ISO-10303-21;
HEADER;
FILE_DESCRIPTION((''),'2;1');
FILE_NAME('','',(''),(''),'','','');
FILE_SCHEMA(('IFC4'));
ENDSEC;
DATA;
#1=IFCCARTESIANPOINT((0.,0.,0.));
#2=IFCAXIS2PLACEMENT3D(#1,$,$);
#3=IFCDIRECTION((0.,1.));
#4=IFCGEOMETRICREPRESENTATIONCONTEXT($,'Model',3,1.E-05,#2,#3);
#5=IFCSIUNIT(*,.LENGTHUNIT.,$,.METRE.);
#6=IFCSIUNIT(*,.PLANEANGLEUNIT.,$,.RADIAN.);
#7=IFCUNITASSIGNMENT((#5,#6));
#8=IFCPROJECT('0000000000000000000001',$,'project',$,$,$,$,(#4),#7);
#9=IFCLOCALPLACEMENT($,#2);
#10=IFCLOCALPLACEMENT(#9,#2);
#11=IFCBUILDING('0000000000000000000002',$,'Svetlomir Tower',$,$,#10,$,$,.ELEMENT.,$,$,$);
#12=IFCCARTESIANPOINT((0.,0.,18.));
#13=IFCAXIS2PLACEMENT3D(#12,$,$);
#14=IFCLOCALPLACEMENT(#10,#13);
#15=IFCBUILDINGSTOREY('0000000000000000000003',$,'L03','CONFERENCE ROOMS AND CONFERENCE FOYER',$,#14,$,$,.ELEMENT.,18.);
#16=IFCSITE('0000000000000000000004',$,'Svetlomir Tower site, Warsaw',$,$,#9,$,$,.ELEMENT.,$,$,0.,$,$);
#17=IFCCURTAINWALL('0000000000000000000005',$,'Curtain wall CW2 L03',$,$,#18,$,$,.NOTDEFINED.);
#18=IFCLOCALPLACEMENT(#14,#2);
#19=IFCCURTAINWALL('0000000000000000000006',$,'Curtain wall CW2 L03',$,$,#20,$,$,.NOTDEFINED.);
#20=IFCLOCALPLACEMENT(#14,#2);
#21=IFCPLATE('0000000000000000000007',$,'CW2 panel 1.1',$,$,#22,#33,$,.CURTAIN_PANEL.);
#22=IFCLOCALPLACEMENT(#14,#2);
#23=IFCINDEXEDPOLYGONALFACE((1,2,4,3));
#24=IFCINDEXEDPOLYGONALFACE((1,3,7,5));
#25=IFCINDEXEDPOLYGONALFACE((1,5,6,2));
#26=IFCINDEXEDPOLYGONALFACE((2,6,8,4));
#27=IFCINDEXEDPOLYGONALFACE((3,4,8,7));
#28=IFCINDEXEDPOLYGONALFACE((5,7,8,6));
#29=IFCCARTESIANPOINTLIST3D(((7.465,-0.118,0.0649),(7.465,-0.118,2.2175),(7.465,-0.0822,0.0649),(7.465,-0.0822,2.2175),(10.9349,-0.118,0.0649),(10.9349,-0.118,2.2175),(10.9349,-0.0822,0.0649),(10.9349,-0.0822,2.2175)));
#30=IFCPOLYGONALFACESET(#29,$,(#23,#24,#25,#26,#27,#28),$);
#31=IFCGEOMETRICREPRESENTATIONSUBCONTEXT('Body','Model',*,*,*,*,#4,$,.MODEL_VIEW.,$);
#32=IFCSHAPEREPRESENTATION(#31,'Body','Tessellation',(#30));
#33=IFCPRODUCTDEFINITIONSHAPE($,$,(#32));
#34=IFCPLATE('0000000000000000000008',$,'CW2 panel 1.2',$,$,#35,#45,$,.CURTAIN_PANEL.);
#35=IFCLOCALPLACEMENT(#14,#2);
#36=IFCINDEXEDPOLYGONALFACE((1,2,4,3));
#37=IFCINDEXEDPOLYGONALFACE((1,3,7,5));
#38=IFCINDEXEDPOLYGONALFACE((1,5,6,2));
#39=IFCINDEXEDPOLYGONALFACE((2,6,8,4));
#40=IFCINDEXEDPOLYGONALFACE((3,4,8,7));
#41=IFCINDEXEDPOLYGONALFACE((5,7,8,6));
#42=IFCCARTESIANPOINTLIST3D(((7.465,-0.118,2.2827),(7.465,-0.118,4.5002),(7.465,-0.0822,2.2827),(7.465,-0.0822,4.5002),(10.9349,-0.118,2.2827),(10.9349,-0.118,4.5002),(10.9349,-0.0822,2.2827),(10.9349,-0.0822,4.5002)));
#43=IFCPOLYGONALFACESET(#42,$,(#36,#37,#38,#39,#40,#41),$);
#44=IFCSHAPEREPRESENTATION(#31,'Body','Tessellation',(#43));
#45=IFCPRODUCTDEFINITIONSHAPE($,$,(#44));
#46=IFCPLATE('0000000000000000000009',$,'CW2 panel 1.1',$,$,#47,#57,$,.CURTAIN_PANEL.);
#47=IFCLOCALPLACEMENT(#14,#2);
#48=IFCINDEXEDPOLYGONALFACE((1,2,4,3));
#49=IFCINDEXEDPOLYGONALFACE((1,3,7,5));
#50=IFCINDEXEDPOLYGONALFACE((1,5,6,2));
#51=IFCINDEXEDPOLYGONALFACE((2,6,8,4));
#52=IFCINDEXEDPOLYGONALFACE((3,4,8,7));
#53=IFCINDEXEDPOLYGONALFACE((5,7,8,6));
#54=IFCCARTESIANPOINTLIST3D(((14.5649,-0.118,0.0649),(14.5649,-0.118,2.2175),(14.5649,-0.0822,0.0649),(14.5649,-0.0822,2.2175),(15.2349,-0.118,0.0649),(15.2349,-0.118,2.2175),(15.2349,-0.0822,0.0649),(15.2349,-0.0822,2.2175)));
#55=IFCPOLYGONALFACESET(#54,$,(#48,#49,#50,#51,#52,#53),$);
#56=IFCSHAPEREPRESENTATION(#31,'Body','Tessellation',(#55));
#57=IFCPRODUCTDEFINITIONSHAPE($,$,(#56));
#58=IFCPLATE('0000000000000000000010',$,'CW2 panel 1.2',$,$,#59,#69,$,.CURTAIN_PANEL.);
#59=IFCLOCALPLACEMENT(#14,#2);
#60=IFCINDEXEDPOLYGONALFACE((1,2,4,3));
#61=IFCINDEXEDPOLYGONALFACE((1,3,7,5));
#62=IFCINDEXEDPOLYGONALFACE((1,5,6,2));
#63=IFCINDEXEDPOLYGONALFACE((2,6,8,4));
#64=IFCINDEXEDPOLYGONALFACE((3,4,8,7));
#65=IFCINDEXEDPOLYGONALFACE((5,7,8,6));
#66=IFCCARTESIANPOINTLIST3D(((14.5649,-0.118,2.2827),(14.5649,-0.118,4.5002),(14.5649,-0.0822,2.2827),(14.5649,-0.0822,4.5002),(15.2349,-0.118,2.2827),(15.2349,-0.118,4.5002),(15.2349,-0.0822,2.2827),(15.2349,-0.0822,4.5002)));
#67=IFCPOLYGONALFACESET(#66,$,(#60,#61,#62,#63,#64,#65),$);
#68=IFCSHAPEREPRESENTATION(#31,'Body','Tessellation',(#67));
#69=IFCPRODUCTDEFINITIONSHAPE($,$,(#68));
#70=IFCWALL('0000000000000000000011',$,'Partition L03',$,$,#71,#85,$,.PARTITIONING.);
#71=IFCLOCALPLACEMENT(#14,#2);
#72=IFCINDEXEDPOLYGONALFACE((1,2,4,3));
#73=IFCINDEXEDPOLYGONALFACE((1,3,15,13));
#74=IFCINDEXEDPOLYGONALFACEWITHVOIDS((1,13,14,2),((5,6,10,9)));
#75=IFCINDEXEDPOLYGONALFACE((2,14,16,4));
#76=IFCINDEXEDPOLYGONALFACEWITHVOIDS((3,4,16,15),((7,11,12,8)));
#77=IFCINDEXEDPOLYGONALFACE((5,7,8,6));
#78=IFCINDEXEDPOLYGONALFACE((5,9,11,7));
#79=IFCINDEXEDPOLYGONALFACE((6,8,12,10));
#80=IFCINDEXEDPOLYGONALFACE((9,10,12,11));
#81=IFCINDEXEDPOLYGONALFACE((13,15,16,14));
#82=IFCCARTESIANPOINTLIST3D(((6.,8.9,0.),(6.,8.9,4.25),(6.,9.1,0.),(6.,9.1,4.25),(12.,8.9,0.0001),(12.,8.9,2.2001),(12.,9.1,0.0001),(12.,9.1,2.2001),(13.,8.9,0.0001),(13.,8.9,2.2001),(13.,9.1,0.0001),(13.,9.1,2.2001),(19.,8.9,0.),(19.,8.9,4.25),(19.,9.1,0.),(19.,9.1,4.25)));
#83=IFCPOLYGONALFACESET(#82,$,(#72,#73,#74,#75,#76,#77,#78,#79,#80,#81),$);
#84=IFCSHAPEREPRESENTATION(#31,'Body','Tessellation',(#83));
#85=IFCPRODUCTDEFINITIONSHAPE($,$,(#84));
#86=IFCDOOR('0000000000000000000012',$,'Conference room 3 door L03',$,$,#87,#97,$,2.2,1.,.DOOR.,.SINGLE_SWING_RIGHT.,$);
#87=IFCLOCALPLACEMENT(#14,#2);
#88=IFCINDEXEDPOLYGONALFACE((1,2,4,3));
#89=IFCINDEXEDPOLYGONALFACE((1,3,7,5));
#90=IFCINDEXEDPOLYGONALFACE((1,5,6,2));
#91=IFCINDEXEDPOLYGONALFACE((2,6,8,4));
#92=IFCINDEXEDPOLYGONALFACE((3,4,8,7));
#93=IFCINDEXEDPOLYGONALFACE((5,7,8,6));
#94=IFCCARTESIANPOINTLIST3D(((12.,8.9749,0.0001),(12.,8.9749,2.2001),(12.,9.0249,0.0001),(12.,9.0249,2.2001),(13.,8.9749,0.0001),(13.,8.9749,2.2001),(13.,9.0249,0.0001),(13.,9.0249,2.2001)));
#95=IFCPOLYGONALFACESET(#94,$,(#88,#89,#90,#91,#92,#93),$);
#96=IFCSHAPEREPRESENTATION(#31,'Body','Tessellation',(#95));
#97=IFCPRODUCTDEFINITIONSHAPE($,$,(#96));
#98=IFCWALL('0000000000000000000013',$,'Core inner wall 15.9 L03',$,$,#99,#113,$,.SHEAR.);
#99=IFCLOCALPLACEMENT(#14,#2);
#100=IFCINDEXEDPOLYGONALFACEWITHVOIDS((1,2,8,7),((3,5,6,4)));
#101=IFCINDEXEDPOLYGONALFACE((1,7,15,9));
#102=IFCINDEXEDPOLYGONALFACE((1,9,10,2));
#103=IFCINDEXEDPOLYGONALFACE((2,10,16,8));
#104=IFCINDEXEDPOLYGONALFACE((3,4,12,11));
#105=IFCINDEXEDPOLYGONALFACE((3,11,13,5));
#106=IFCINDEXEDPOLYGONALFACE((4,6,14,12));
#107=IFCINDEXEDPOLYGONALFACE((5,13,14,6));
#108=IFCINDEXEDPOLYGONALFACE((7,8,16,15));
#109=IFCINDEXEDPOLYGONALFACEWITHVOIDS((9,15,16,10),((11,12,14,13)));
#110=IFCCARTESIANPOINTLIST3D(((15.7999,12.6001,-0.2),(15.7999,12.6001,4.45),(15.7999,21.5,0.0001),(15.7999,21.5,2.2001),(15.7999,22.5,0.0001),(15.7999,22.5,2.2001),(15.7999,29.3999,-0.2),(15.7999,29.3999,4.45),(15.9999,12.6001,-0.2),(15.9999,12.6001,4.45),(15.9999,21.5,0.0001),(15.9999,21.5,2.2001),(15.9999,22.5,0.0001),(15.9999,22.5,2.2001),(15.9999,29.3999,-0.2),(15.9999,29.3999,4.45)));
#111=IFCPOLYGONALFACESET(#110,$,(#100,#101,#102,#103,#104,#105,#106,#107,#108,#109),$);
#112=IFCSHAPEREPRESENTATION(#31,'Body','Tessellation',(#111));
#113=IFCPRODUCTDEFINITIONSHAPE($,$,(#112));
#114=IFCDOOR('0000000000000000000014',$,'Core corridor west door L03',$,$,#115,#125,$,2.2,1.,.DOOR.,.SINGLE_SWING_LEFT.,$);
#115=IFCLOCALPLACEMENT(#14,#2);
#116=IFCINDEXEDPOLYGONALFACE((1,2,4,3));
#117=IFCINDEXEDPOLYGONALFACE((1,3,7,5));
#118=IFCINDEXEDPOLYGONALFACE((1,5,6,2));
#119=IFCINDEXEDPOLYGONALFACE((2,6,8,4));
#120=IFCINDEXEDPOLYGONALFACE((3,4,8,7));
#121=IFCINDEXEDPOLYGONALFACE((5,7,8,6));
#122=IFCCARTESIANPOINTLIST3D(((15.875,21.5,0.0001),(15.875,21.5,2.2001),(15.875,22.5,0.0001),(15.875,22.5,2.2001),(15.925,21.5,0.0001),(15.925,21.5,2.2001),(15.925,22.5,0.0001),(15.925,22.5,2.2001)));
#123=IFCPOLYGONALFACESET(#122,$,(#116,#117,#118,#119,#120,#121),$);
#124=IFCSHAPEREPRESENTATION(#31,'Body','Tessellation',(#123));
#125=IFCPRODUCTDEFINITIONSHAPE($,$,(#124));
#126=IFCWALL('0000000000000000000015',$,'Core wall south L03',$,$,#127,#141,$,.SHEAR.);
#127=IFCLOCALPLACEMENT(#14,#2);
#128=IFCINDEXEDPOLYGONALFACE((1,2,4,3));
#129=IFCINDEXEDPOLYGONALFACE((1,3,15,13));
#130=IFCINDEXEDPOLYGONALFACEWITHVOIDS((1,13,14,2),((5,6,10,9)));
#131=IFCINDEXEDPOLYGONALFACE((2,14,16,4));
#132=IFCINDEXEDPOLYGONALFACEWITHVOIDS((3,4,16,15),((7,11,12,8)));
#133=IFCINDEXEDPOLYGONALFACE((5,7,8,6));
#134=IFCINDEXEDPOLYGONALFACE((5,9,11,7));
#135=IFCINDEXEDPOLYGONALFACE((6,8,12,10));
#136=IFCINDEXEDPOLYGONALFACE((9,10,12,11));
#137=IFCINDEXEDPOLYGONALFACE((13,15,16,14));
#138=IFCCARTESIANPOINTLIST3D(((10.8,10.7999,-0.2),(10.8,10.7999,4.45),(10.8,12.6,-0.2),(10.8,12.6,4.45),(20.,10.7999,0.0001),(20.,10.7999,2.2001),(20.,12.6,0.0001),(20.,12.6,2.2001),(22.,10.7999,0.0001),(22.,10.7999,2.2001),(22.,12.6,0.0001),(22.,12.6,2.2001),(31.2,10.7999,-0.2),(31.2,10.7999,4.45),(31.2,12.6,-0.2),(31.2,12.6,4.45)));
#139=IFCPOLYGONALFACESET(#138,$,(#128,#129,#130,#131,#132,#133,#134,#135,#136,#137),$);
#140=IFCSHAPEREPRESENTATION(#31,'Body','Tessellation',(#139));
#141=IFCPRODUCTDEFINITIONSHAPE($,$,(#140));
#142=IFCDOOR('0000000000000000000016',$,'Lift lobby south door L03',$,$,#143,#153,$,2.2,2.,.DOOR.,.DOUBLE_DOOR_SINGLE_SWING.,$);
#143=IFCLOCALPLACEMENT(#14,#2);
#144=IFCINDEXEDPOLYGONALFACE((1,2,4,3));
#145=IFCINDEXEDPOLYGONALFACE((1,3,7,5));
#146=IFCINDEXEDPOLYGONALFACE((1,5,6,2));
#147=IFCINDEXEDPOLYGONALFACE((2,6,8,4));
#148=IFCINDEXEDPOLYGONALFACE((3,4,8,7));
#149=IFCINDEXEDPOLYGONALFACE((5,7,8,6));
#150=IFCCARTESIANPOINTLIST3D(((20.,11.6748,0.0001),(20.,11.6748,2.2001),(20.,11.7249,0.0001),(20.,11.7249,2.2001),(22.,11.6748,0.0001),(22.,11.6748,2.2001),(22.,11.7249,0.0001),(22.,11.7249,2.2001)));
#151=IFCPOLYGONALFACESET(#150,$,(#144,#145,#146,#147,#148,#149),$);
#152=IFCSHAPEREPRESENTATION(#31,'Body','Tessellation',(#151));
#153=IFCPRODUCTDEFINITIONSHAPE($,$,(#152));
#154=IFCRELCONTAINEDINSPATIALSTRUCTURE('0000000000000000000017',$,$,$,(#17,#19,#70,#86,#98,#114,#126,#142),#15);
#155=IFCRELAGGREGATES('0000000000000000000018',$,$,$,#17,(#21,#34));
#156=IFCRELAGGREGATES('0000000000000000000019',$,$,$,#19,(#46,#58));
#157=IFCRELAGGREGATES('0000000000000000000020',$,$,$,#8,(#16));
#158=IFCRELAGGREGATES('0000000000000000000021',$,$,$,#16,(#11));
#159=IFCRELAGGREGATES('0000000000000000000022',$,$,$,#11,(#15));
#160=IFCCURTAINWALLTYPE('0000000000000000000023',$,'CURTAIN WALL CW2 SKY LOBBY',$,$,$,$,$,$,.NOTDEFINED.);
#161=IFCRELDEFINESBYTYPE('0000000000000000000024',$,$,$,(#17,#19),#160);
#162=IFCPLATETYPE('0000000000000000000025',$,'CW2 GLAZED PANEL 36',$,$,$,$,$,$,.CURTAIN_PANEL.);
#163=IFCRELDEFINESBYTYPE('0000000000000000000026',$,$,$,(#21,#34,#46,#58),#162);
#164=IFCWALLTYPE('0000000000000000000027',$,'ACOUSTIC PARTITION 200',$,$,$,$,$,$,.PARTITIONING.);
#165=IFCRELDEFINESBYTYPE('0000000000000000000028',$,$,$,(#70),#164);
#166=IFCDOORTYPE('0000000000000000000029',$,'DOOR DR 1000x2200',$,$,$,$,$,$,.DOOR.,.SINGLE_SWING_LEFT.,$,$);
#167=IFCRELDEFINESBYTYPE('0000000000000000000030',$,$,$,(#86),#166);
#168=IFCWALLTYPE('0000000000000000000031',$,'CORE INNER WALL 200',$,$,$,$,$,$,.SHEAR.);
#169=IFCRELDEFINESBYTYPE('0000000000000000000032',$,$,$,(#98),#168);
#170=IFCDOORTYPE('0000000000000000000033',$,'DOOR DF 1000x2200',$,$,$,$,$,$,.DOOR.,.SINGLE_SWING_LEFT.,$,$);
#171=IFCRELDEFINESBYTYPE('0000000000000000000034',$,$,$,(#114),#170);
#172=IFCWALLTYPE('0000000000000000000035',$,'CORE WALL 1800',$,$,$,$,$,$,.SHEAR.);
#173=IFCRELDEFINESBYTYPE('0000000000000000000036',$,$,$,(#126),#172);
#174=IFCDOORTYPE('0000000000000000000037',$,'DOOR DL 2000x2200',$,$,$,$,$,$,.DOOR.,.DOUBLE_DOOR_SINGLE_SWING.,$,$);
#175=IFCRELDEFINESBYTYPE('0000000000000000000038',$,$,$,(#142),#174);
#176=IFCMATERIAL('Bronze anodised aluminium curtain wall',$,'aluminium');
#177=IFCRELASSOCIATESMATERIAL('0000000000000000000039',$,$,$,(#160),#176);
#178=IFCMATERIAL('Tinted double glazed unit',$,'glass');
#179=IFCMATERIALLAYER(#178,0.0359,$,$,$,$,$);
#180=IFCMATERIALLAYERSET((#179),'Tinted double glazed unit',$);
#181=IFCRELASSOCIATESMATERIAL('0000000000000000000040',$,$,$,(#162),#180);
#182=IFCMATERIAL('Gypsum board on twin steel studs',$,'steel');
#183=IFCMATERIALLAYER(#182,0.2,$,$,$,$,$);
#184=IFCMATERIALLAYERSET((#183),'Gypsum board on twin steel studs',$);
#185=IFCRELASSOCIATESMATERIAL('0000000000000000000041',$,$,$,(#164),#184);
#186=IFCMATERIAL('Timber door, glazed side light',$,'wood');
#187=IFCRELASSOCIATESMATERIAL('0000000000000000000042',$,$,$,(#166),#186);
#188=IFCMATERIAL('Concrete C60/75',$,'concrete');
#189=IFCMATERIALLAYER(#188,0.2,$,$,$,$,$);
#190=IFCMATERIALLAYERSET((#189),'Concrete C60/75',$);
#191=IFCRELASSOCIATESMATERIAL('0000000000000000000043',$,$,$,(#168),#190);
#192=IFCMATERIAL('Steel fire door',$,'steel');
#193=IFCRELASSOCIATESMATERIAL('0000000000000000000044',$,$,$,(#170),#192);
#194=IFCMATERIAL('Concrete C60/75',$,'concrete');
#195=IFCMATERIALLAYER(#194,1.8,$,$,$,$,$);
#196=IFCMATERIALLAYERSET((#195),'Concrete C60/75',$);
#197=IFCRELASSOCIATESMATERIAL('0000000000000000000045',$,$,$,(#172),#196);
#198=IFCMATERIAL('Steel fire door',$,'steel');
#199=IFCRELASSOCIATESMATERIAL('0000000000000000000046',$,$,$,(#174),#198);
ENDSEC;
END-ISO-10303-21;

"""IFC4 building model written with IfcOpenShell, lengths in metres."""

from ifc_helpers import new_model, si_unit, direction, frame, frame_2d, origin, origin_2d, place, context, subcontext, project, spatial, rectangle, extrude, material, layer, layer_set, type_object, element, fill, aggregate, save


model = new_model("IFC4")

# Units and contexts
model_context = context("Model", 3, precision=1e-05, world=origin(), true_north=direction((0.0, 1.0)))
body_context = subcontext(model_context, "Body", "Model", "MODEL_VIEW")
ifc_project = project(units=[si_unit("LENGTHUNIT", "METRE"), si_unit("PLANEANGLEUNIT", "RADIAN")], contexts=[model_context])

# Site, building, storey
site_placement = place(None, origin())
site = spatial("IfcSite", under=ifc_project, at=site_placement, Name="Svetlomir Tower site, Warsaw", CompositionType="ELEMENT", RefElevation=0.0)
building_placement = place(site_placement, origin())
building = spatial("IfcBuilding", under=site, at=building_placement, Name="Svetlomir Tower", CompositionType="ELEMENT")
storey_placement = place(building_placement, frame((0.0, 0.0, 18.0)))
storey = spatial("IfcBuildingStorey", under=building, at=storey_placement, Name="L03", Description="CONFERENCE ROOMS AND CONFERENCE FOYER", CompositionType="ELEMENT", Elevation=18.0)

# Curtain walls
ifc_material_1 = material(Name="Bronze anodised aluminium curtain wall", Category="aluminium")
curtain_wall_type = type_object("IfcCurtainWallType", Name="CURTAIN WALL CW2 SKY LOBBY", PredefinedType="NOTDEFINED", material=ifc_material_1)
curtain_wall_1_placement = place(storey_placement, origin())
curtain_wall_1 = element("IfcCurtainWall", 1, at=curtain_wall_1_placement, inside=storey, type_object=curtain_wall_type, Name="Curtain wall CW2 L03", PredefinedType="NOTDEFINED")
curtain_wall_2_placement = place(storey_placement, origin())
curtain_wall_2 = element("IfcCurtainWall", 2, at=curtain_wall_2_placement, inside=storey, type_object=curtain_wall_type, Name="Curtain wall CW2 L03", PredefinedType="NOTDEFINED")

# Plates
ifc_material_2 = material(Name="Tinted double glazed unit", Category="glass")
ifc_layer_1 = layer(ifc_material_2, 0.0359)
ifc_layer_set_1 = layer_set([ifc_layer_1], Name="Tinted double glazed unit")
plate_type = type_object("IfcPlateType", Name="CW2 GLAZED PANEL 36", PredefinedType="CURTAIN_PANEL", material=ifc_layer_set_1)
plate_1_placement = place(storey_placement, frame((9.2, -0.1001, 0.0649), z_axis=(0.0, 0.0, 1.0), x_axis=(1.0, 0.0, 0.0)))
plate_1 = element("IfcPlate", 3, at=plate_1_placement, type_object=plate_type, Name="CW2 panel 1.1", PredefinedType="CURTAIN_PANEL", context=body_context, shape_type="SweptSolid", body=[
    extrude(rectangle(XDim=3.47, YDim=0.0359, at=origin_2d()), origin(), (0.0, 0.0, 1.0), 2.1526),
])
plate_2_placement = place(storey_placement, frame((9.2, -0.1001, 2.2827), z_axis=(0.0, 0.0, 1.0), x_axis=(1.0, 0.0, 0.0)))
plate_2 = element("IfcPlate", 4, at=plate_2_placement, type_object=plate_type, Name="CW2 panel 1.2", PredefinedType="CURTAIN_PANEL", context=body_context, shape_type="SweptSolid", body=[
    extrude(rectangle(XDim=3.47, YDim=0.0359, at=origin_2d()), origin(), (0.0, 0.0, 1.0), 2.2175),
])
aggregate(curtain_wall_1, [plate_1, plate_2])
plate_3_placement = place(storey_placement, frame((14.8999, -0.1001, 0.0649), z_axis=(0.0, 0.0, 1.0), x_axis=(1.0, 0.0, 0.0)))
plate_3 = element("IfcPlate", 5, at=plate_3_placement, type_object=plate_type, Name="CW2 panel 1.1", PredefinedType="CURTAIN_PANEL", context=body_context, shape_type="SweptSolid", body=[
    extrude(rectangle(XDim=0.6699, YDim=0.0359, at=origin_2d()), origin(), (0.0, 0.0, 1.0), 2.1526),
])
plate_4_placement = place(storey_placement, frame((14.8999, -0.1001, 2.2827), z_axis=(0.0, 0.0, 1.0), x_axis=(1.0, 0.0, 0.0)))
plate_4 = element("IfcPlate", 6, at=plate_4_placement, type_object=plate_type, Name="CW2 panel 1.2", PredefinedType="CURTAIN_PANEL", context=body_context, shape_type="SweptSolid", body=[
    extrude(rectangle(XDim=0.6699, YDim=0.0359, at=origin_2d()), origin(), (0.0, 0.0, 1.0), 2.2175),
])
aggregate(curtain_wall_2, [plate_3, plate_4])

# Walls, openings, doors
ifc_material_3 = material(Name="Gypsum board on twin steel studs", Category="steel")
ifc_layer_2 = layer(ifc_material_3, 0.2)
ifc_layer_set_2 = layer_set([ifc_layer_2], Name="Gypsum board on twin steel studs")
wall_type_1 = type_object("IfcWallType", Name="ACOUSTIC PARTITION 200", PredefinedType="PARTITIONING", material=ifc_layer_set_2)
wall_1_placement = place(storey_placement, frame((6.0, 9.0, 0.0), z_axis=(0.0, 0.0, 1.0), x_axis=(1.0, 0.0, 0.0)))
wall_1 = element("IfcWall", 7, at=wall_1_placement, inside=storey, type_object=wall_type_1, Name="Partition L03", PredefinedType="PARTITIONING", context=body_context, shape_type="SweptSolid", body=[
    extrude(rectangle(XDim=13.0, YDim=0.2, at=frame_2d((6.5, 0.0))), origin(), (0.0, 0.0, 1.0), 4.25),
])
opening_1_placement = place(wall_1_placement, frame((6.0, 0.0, 0.0)))
opening_1 = element("IfcOpeningElement", 8, at=opening_1_placement, cuts=wall_1, PredefinedType="OPENING", context=body_context, shape_type="SweptSolid", body=[
    extrude(rectangle(XDim=1.0, YDim=2.2, at=frame_2d((0.5, 1.1001))), frame((0.0, 0.1099, 0.0), z_axis=(0.0, -1.0, 0.0), x_axis=(1.0, 0.0, 0.0)), (0.0, 0.0, 1.0), 0.22),
])
ifc_material_4 = material(Name="Timber door, glazed side light", Category="wood")
door_type_1 = type_object("IfcDoorType", Name="DOOR DR 1000x2200", OperationType="SINGLE_SWING_LEFT", PredefinedType="DOOR", material=ifc_material_4)
door_1_placement = place(opening_1_placement, origin())
door_1 = element("IfcDoor", 9, at=door_1_placement, inside=storey, type_object=door_type_1, Name="Conference room 3 door L03", OperationType="SINGLE_SWING_RIGHT", OverallHeight=2.2, OverallWidth=1.0, PredefinedType="DOOR", context=body_context, shape_type="SweptSolid", body=[
    extrude(rectangle(XDim=1.0, YDim=2.2, at=frame_2d((0.5, 1.1001))), frame((0.0, 0.0249, 0.0), z_axis=(0.0, -1.0, 0.0), x_axis=(1.0, 0.0, 0.0)), (0.0, 0.0, 1.0), 0.05),
])
fill(opening_1, door_1)
ifc_material_5 = material(Name="Concrete C60/75", Category="concrete")
ifc_layer_3 = layer(ifc_material_5, 0.2)
ifc_layer_set_3 = layer_set([ifc_layer_3], Name="Concrete C60/75")
wall_type_2 = type_object("IfcWallType", Name="CORE INNER WALL 200", PredefinedType="SHEAR", material=ifc_layer_set_3)
wall_2_placement = place(storey_placement, frame((15.8999, 12.6001, -0.2), z_axis=(0.0, 0.0, 1.0), x_axis=(0.0, 1.0, 0.0)))
wall_2 = element("IfcWall", 10, at=wall_2_placement, inside=storey, type_object=wall_type_2, Name="Core inner wall 15.9 L03", PredefinedType="SHEAR", context=body_context, shape_type="SweptSolid", body=[
    extrude(rectangle(XDim=16.7998, YDim=0.2, at=frame_2d((8.3999, 0.0))), origin(), (0.0, 0.0, 1.0), 4.6499),
])
opening_2_placement = place(wall_2_placement, frame((8.8999, 0.0, 0.2)))
opening_2 = element("IfcOpeningElement", 11, at=opening_2_placement, cuts=wall_2, PredefinedType="OPENING", context=body_context, shape_type="SweptSolid", body=[
    extrude(rectangle(XDim=1.0, YDim=2.2, at=frame_2d((0.5, 1.1001))), frame((0.0, 0.1099, 0.0), z_axis=(0.0, -1.0, 0.0), x_axis=(1.0, 0.0, 0.0)), (0.0, 0.0, 1.0), 0.22),
])
ifc_material_6 = material(Name="Steel fire door", Category="steel")
door_type_2 = type_object("IfcDoorType", Name="DOOR DF 1000x2200", OperationType="SINGLE_SWING_LEFT", PredefinedType="DOOR", material=ifc_material_6)
door_2_placement = place(opening_2_placement, origin())
door_2 = element("IfcDoor", 12, at=door_2_placement, inside=storey, type_object=door_type_2, Name="Core corridor west door L03", OperationType="SINGLE_SWING_LEFT", OverallHeight=2.2, OverallWidth=1.0, PredefinedType="DOOR", context=body_context, shape_type="SweptSolid", body=[
    extrude(rectangle(XDim=1.0, YDim=2.2, at=frame_2d((0.5, 1.1001))), frame((0.0, 0.0249, 0.0), z_axis=(0.0, -1.0, 0.0), x_axis=(1.0, 0.0, 0.0)), (0.0, 0.0, 1.0), 0.05),
])
fill(opening_2, door_2)
ifc_material_7 = material(Name="Concrete C60/75", Category="concrete")
ifc_layer_4 = layer(ifc_material_7, 1.8)
ifc_layer_set_4 = layer_set([ifc_layer_4], Name="Concrete C60/75")
wall_type_3 = type_object("IfcWallType", Name="CORE WALL 1800", PredefinedType="SHEAR", material=ifc_layer_set_4)
wall_3_placement = place(storey_placement, frame((10.8, 11.7, -0.2), z_axis=(0.0, 0.0, 1.0), x_axis=(1.0, 0.0, 0.0)))
wall_3 = element("IfcWall", 13, at=wall_3_placement, inside=storey, type_object=wall_type_3, Name="Core wall south L03", PredefinedType="SHEAR", context=body_context, shape_type="SweptSolid", body=[
    extrude(rectangle(XDim=20.3999, YDim=1.8, at=frame_2d((10.2, 0.0))), origin(), (0.0, 0.0, 1.0), 4.6499),
])
opening_3_placement = place(wall_3_placement, frame((9.2, 0.0, 0.2)))
opening_3 = element("IfcOpeningElement", 14, at=opening_3_placement, cuts=wall_3, PredefinedType="OPENING", context=body_context, shape_type="SweptSolid", body=[
    extrude(rectangle(XDim=2.0, YDim=2.2, at=frame_2d((1.0, 1.1001))), frame((0.0, 0.9102, 0.0), z_axis=(0.0, -1.0, 0.0), x_axis=(1.0, 0.0, 0.0)), (0.0, 0.0, 1.0), 1.8201),
])
ifc_material_8 = material(Name="Steel fire door", Category="steel")
door_type_3 = type_object("IfcDoorType", Name="DOOR DL 2000x2200", OperationType="DOUBLE_DOOR_SINGLE_SWING", PredefinedType="DOOR", material=ifc_material_8)
door_3_placement = place(opening_3_placement, origin())
door_3 = element("IfcDoor", 15, at=door_3_placement, inside=storey, type_object=door_type_3, Name="Lift lobby south door L03", OperationType="DOUBLE_DOOR_SINGLE_SWING", OverallHeight=2.2, OverallWidth=2.0, PredefinedType="DOOR", context=body_context, shape_type="SweptSolid", body=[
    extrude(rectangle(XDim=2.0, YDim=2.2, at=frame_2d((1.0, 1.1001))), frame((0.0, 0.0249, 0.0), z_axis=(0.0, -1.0, 0.0), x_axis=(1.0, 0.0, 0.0)), (0.0, 0.0, 1.0), 0.05),
])
fill(opening_3, door_3)

save(model, "model.ifc")
